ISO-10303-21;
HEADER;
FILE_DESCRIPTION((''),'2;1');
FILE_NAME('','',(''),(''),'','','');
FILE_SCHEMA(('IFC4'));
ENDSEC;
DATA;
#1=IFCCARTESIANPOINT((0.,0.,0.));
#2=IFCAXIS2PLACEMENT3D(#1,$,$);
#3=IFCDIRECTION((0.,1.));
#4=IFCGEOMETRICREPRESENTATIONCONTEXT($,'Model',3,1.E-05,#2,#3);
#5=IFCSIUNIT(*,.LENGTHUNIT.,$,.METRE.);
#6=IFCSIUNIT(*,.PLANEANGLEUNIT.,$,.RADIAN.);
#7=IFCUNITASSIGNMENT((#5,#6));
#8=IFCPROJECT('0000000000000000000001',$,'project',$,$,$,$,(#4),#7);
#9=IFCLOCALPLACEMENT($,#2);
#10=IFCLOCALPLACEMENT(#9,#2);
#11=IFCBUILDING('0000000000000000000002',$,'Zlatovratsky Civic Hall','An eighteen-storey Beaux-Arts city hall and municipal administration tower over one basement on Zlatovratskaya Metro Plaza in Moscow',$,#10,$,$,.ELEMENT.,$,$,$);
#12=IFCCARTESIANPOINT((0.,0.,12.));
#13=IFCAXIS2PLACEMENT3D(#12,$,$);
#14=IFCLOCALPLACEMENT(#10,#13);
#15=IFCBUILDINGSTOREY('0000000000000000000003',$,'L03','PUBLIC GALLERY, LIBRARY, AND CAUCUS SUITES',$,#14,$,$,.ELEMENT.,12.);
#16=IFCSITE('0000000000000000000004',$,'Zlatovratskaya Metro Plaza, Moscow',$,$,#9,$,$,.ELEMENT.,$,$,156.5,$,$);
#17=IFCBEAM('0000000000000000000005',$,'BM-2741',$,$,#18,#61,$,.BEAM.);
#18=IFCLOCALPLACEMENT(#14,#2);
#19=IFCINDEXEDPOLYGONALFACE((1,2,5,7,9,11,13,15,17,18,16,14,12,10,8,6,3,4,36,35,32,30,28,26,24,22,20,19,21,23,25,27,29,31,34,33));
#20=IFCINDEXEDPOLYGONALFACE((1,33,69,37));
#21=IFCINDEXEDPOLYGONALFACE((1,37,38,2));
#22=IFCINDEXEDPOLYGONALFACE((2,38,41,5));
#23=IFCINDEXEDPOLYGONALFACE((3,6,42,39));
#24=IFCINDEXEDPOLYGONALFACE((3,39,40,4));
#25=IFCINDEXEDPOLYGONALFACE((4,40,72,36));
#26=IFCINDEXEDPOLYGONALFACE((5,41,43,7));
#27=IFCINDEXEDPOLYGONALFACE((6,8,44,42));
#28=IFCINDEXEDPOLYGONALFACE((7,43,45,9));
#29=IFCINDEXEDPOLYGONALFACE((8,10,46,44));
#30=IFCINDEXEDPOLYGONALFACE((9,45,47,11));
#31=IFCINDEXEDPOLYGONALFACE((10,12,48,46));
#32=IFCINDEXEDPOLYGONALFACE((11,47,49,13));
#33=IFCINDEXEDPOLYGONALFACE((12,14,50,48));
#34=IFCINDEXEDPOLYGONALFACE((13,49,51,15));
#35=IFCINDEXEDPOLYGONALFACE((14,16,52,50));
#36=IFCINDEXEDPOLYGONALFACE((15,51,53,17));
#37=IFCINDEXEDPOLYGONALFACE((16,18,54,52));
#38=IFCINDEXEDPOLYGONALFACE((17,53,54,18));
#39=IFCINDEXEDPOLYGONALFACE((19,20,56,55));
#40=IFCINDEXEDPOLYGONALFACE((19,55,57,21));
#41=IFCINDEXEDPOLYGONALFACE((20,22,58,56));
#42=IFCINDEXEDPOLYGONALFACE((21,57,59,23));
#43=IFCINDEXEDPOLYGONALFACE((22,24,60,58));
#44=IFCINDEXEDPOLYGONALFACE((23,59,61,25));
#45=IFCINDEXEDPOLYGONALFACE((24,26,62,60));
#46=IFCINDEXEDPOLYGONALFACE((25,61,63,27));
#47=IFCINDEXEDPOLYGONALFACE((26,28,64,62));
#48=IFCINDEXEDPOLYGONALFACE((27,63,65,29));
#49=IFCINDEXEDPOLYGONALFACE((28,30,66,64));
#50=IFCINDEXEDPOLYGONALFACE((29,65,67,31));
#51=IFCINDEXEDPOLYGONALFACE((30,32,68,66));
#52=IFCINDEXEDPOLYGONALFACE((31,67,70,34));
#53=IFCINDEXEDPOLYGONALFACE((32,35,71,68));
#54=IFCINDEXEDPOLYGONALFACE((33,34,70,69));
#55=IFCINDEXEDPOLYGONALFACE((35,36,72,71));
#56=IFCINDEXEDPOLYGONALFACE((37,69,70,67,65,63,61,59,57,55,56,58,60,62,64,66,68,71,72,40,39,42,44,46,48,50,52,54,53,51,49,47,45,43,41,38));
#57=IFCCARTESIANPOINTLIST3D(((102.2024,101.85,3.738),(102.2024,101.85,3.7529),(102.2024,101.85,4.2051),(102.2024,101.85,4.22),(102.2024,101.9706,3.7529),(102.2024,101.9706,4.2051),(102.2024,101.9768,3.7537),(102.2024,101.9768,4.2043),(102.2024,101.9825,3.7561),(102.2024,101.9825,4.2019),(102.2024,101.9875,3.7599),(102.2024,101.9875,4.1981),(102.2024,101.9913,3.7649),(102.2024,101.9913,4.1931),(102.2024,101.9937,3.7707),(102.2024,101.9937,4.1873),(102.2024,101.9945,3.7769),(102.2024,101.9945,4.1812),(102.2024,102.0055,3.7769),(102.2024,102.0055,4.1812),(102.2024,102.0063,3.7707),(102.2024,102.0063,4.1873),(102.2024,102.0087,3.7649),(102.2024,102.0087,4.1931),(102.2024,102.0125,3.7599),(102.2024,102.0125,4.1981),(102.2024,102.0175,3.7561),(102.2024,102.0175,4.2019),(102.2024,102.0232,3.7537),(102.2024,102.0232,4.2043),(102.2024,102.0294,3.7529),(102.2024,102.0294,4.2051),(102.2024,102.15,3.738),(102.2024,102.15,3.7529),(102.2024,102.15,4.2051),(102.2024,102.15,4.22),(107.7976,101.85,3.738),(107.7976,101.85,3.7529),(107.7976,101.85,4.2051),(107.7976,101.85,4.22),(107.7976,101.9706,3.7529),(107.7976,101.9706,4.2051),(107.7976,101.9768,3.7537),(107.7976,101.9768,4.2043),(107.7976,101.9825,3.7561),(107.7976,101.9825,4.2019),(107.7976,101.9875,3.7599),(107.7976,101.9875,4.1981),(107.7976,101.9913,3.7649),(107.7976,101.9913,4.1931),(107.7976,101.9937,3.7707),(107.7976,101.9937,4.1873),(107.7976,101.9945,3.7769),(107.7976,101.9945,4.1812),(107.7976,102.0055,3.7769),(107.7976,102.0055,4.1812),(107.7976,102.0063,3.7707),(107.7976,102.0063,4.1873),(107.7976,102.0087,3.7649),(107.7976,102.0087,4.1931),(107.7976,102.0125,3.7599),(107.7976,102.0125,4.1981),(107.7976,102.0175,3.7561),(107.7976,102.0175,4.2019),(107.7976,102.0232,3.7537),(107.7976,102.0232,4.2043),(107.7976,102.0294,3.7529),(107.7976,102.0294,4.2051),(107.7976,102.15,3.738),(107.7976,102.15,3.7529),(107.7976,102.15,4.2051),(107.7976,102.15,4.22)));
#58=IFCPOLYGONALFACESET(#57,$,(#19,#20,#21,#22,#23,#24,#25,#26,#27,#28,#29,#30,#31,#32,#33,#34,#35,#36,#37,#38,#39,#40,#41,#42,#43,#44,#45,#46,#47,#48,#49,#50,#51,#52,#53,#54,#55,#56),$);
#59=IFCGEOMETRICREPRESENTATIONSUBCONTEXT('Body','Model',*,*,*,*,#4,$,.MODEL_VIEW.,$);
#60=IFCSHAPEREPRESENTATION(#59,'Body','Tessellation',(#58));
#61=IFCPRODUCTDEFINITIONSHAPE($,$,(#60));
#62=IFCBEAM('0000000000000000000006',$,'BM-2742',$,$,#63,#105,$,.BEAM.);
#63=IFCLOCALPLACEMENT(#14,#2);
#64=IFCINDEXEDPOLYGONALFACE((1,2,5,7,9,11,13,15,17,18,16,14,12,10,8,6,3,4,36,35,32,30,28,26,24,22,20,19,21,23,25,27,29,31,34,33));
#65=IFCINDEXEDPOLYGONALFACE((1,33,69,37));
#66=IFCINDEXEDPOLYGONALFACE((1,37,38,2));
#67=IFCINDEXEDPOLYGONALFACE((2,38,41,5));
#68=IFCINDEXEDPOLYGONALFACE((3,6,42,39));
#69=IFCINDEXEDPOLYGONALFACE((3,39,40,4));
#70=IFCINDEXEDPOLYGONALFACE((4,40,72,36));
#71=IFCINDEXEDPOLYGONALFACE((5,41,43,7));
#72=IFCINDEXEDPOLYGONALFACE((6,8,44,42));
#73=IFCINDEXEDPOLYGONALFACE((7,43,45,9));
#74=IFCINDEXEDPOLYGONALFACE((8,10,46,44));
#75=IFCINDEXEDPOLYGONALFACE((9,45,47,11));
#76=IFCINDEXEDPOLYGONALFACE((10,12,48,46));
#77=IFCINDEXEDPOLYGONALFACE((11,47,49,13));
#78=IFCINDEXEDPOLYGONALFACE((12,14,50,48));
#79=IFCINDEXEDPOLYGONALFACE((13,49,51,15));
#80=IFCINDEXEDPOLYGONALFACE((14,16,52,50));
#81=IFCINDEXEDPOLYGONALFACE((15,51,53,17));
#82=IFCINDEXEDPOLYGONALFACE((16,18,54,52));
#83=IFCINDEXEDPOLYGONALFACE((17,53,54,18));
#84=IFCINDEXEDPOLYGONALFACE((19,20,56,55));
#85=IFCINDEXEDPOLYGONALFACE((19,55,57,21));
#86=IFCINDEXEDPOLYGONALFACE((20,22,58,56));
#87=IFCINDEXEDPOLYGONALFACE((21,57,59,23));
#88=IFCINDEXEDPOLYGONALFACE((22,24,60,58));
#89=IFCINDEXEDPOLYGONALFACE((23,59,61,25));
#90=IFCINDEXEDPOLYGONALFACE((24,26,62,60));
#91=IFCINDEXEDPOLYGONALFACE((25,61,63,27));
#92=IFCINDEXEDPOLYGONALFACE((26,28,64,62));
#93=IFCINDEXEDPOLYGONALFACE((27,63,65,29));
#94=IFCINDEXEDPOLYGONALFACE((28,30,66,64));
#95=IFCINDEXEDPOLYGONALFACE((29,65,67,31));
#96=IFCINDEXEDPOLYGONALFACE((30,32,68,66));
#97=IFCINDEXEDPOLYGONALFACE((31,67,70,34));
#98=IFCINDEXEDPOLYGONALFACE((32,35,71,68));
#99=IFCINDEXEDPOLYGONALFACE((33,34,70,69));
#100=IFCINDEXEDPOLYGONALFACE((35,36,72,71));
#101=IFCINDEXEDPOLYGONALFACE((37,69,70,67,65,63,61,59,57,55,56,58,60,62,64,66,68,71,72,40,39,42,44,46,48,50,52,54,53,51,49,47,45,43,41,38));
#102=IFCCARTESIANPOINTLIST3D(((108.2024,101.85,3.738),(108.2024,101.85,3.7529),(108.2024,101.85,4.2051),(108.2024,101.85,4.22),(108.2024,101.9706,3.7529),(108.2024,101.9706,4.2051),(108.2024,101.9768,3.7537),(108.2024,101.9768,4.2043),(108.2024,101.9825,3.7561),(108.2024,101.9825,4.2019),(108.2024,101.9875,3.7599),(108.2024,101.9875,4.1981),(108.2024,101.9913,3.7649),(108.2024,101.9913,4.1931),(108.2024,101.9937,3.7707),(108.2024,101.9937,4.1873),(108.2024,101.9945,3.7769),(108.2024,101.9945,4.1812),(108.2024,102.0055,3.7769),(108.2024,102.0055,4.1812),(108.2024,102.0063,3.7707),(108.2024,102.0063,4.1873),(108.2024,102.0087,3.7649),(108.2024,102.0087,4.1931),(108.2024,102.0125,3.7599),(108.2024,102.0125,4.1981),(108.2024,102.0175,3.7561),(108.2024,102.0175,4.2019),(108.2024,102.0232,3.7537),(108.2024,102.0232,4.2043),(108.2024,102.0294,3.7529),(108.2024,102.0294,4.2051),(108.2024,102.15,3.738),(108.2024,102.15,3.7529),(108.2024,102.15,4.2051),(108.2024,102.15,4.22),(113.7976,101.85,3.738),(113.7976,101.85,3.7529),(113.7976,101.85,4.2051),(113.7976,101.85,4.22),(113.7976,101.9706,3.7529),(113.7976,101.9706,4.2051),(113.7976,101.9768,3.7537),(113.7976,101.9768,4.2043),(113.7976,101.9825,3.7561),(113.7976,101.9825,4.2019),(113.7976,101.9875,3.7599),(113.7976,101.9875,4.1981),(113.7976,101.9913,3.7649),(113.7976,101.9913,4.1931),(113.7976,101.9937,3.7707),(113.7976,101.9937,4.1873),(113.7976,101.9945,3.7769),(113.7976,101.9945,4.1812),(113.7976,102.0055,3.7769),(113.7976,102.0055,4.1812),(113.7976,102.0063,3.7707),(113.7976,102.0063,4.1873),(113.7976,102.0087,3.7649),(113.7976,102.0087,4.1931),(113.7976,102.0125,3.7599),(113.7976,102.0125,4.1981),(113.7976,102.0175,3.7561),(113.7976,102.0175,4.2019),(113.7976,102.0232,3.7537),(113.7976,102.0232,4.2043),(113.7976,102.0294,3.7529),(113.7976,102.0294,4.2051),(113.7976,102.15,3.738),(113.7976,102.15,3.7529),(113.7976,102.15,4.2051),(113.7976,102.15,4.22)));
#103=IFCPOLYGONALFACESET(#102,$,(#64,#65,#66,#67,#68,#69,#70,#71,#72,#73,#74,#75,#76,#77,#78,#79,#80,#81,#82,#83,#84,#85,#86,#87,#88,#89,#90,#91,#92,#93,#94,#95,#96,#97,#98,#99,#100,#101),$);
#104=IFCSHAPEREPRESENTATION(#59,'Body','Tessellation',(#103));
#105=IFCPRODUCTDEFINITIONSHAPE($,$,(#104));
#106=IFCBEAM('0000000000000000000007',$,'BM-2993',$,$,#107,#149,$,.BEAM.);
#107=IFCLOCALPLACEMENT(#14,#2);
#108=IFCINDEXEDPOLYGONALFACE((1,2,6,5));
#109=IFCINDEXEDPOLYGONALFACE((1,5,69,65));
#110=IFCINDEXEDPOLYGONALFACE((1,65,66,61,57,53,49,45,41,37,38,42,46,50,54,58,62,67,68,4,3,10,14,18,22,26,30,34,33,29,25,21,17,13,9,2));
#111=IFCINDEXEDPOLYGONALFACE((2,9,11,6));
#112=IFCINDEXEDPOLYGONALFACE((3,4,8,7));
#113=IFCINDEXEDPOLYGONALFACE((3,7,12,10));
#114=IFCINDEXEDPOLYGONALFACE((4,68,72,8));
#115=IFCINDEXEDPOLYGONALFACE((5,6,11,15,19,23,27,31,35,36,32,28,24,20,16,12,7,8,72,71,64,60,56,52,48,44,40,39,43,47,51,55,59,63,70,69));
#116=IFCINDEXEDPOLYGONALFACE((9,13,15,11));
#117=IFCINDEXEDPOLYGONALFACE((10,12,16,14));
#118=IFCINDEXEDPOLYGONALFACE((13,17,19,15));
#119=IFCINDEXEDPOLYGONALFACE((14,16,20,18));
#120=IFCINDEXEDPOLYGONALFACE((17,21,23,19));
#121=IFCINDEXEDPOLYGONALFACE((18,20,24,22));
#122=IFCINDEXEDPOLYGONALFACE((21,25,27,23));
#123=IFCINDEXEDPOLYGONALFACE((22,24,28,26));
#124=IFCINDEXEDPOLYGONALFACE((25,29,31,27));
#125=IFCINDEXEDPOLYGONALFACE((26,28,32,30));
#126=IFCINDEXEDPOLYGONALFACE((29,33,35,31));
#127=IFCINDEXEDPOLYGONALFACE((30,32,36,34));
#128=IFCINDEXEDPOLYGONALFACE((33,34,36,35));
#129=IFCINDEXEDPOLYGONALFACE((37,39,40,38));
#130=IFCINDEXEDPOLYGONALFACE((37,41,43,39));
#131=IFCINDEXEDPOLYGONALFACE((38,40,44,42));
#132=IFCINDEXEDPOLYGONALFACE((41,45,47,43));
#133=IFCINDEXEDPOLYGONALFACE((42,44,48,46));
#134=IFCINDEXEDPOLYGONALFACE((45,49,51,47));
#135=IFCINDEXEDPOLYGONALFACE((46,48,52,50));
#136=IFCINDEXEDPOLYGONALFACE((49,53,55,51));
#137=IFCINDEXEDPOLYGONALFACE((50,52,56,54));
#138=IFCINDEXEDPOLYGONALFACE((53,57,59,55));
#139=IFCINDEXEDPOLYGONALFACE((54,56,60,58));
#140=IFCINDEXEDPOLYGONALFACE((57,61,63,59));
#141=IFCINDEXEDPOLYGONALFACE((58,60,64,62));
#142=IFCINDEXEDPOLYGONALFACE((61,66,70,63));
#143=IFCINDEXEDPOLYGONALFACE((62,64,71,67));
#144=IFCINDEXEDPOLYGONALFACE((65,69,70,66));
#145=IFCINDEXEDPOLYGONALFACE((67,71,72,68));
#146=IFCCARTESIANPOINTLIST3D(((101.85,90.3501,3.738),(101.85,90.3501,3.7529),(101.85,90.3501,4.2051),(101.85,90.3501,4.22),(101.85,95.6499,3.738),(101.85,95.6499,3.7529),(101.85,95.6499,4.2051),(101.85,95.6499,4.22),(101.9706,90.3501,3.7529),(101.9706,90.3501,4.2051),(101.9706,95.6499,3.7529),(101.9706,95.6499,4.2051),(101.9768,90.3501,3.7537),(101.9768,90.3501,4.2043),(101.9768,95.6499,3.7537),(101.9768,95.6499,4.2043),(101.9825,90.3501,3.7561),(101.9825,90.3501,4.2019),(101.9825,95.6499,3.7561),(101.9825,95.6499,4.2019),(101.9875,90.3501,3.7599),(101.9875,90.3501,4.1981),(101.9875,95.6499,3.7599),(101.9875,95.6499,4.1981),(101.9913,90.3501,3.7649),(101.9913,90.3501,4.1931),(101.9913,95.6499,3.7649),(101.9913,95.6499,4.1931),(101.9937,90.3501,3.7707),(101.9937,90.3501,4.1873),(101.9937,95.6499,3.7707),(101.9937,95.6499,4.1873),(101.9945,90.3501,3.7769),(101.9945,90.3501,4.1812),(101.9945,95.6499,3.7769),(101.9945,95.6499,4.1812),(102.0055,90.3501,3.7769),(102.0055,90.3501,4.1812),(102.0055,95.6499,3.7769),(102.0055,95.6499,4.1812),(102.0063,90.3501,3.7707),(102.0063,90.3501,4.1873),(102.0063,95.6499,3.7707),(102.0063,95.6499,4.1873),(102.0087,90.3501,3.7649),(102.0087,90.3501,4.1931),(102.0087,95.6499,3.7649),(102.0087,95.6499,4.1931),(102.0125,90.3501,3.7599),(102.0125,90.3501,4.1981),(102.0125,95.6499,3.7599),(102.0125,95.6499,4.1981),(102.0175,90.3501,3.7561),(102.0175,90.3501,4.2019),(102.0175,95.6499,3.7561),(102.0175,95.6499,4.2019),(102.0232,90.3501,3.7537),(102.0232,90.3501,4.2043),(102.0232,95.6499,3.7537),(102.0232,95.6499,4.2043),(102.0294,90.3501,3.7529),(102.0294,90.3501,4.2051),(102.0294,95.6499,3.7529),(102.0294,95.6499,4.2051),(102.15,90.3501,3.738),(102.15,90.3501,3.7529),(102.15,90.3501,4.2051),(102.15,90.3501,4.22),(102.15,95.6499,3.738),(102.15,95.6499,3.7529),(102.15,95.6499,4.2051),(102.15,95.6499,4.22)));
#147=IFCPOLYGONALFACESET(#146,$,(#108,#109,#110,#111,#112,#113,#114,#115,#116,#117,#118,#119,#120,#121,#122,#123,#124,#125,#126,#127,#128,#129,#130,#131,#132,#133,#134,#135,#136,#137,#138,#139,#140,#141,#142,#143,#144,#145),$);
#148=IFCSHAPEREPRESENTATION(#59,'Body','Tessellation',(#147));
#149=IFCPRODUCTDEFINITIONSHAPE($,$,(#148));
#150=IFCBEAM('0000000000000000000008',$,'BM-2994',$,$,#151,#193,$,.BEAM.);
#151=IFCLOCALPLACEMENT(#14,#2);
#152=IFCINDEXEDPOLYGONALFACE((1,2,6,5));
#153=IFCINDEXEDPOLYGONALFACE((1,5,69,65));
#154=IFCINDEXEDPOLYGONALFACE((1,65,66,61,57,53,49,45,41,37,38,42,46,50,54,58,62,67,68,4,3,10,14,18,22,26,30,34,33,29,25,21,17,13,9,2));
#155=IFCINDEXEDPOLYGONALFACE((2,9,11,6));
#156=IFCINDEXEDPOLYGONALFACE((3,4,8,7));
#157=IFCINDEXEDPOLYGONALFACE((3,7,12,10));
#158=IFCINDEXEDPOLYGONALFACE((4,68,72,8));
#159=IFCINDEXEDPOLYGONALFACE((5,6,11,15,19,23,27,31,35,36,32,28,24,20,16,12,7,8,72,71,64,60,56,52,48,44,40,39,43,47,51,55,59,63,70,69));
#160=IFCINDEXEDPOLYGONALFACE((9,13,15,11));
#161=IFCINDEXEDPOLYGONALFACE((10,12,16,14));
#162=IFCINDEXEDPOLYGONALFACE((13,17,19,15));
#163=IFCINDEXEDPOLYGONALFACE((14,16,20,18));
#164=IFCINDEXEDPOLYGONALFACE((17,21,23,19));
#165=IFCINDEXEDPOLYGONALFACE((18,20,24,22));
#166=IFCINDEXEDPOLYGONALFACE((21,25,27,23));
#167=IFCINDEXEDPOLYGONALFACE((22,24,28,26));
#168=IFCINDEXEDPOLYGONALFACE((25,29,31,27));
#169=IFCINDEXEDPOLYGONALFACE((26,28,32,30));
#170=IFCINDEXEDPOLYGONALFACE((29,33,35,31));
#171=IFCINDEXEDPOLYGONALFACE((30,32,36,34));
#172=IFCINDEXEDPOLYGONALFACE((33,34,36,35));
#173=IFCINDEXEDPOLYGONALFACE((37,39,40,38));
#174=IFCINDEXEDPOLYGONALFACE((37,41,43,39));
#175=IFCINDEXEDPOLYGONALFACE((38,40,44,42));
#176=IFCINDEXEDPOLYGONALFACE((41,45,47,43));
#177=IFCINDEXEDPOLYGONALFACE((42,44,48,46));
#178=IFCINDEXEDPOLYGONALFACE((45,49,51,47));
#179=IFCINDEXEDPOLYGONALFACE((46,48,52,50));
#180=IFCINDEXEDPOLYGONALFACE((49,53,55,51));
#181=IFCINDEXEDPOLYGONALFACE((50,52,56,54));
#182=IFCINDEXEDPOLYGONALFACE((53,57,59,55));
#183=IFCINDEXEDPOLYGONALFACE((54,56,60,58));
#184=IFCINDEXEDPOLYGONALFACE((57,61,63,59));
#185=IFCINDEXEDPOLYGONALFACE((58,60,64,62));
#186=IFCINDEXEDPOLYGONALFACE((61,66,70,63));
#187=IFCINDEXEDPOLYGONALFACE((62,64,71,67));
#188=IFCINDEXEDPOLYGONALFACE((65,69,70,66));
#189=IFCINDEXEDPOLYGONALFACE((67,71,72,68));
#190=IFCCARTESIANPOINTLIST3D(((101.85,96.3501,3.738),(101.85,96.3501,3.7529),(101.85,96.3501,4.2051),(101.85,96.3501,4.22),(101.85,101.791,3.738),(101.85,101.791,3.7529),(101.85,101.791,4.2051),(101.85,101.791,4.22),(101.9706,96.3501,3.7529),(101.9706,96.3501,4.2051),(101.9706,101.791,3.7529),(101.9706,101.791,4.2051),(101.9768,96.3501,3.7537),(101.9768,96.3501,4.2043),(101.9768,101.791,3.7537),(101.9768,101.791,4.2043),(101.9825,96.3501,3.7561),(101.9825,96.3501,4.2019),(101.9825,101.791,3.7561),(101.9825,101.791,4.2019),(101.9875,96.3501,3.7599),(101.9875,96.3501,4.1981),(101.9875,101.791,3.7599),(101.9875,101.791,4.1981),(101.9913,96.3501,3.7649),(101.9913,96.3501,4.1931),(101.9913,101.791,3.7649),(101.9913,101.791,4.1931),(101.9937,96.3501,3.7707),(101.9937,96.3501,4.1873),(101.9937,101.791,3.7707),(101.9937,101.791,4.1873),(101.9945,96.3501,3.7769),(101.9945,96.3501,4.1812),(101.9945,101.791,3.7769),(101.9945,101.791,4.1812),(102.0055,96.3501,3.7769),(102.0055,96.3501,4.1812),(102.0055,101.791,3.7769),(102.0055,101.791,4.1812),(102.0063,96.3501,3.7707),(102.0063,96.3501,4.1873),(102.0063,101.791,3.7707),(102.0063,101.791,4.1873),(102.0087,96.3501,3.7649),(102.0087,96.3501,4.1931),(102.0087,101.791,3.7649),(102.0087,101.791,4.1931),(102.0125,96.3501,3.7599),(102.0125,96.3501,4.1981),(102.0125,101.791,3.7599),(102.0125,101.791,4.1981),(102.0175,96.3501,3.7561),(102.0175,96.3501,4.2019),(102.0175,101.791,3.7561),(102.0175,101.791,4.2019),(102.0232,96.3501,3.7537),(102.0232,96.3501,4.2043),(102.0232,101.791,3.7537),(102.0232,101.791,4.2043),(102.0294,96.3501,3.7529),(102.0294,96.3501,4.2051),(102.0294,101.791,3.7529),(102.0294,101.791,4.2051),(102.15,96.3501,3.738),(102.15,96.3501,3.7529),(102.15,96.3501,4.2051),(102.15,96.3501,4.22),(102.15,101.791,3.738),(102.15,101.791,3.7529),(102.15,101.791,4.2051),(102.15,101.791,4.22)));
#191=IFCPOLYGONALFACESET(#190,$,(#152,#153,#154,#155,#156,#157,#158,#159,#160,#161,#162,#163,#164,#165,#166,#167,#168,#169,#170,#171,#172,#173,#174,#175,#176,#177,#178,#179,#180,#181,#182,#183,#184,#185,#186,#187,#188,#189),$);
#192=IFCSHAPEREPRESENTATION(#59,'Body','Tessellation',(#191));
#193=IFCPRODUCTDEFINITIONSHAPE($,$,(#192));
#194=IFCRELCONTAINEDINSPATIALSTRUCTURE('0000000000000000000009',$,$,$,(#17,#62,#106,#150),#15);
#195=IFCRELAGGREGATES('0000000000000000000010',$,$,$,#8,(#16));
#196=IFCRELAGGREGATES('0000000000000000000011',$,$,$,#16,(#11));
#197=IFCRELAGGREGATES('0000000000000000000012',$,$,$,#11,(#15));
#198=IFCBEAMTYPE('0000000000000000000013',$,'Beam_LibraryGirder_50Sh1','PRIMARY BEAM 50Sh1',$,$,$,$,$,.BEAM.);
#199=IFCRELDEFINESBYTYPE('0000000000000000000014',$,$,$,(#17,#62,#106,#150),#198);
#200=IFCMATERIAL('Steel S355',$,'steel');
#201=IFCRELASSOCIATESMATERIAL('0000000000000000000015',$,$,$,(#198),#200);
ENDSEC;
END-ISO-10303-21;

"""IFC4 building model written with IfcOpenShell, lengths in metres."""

from ifc_helpers import new_model, si_unit, direction, frame, origin, origin_2d, place, context, subcontext, project, spatial, i_section, extrude, material, material_profile, profile_set, type_object, element, save


model = new_model("IFC4")

# Units and contexts
model_context = context("Model", 3, precision=1e-05, world=origin(), true_north=direction((0.0, 1.0)))
body_context = subcontext(model_context, "Body", "Model", "MODEL_VIEW")
ifc_project = project(units=[si_unit("LENGTHUNIT", "METRE"), si_unit("PLANEANGLEUNIT", "RADIAN")], contexts=[model_context])

# Site, building, storey
site_placement = place(None, origin())
site = spatial("IfcSite", under=ifc_project, at=site_placement, Name="Zlatovratskaya Metro Plaza, Moscow", CompositionType="ELEMENT", RefElevation=156.5)
building_placement = place(site_placement, origin())
building = spatial("IfcBuilding", under=site, at=building_placement, Name="Zlatovratsky Civic Hall", Description="An eighteen-storey Beaux-Arts city hall and municipal administration tower over one basement on Zlatovratskaya Metro Plaza in Moscow", CompositionType="ELEMENT")
storey_placement = place(building_placement, frame((0.0, 0.0, 12.0)))
storey = spatial("IfcBuildingStorey", under=building, at=storey_placement, Name="L03", Description="PUBLIC GALLERY, LIBRARY, AND CAUCUS SUITES", CompositionType="ELEMENT", Elevation=12.0)

# Shared definitions
ifc_material_1 = material(Name="Steel S355", Category="steel")

# Beams
ifc_material_profile_1 = material_profile(ifc_material_1, i_section(OverallWidth=0.3, OverallDepth=0.4819, WebThickness=0.011, FlangeThickness=0.0149, FilletRadius=0.0239, at=origin_2d()), Name="50Sh1")
ifc_profile_set_1 = profile_set([ifc_material_profile_1], Name="Steel S355")
beam_type_1 = type_object("IfcBeamType", Name="Beam_LibraryGirder_50Sh1", Description="PRIMARY BEAM 50Sh1", PredefinedType="BEAM", material=ifc_profile_set_1)
for number, where, z_axis, x_axis, name in (
    (1, (102.2024, 102.0, 3.979), (1.0, 0.0, 0.0), (0.0, 1.0, 0.0), "BM-2741"),
    (2, (108.2024, 102.0, 3.979), (1.0, 0.0, 0.0), (0.0, 1.0, 0.0), "BM-2742"),
):
    element("IfcBeam", number, at=place(storey_placement, frame(where, z_axis=z_axis, x_axis=x_axis)), inside=storey, type_object=beam_type_1, Name=name, PredefinedType="BEAM", context=body_context, shape_type="SweptSolid", body=[
        extrude(i_section(OverallWidth=0.3, OverallDepth=0.4819, WebThickness=0.011, FlangeThickness=0.0149, FilletRadius=0.0239, at=origin_2d()), origin(), (0.0, 0.0, 1.0), 5.5952),
    ])
beam_1_placement = place(storey_placement, frame((102.0, 90.3501, 3.979), z_axis=(0.0, 1.0, 0.0), x_axis=(-1.0, 0.0, 0.0)))
element("IfcBeam", 3, at=beam_1_placement, inside=storey, type_object=beam_type_1, Name="BM-2993", PredefinedType="BEAM", context=body_context, shape_type="SweptSolid", body=[
    extrude(i_section(OverallWidth=0.3, OverallDepth=0.4819, WebThickness=0.011, FlangeThickness=0.0149, FilletRadius=0.0239, at=origin_2d()), origin(), (0.0, 0.0, 1.0), 5.2998),
])
beam_2_placement = place(storey_placement, frame((102.0, 96.3501, 3.979), z_axis=(0.0, 1.0, 0.0), x_axis=(-1.0, 0.0, 0.0)))
element("IfcBeam", 4, at=beam_2_placement, inside=storey, type_object=beam_type_1, Name="BM-2994", PredefinedType="BEAM", context=body_context, shape_type="SweptSolid", body=[
    extrude(i_section(OverallWidth=0.3, OverallDepth=0.4819, WebThickness=0.011, FlangeThickness=0.0149, FilletRadius=0.0239, at=origin_2d()), origin(), (0.0, 0.0, 1.0), 5.4409),
])

save(model, "model.ifc")
